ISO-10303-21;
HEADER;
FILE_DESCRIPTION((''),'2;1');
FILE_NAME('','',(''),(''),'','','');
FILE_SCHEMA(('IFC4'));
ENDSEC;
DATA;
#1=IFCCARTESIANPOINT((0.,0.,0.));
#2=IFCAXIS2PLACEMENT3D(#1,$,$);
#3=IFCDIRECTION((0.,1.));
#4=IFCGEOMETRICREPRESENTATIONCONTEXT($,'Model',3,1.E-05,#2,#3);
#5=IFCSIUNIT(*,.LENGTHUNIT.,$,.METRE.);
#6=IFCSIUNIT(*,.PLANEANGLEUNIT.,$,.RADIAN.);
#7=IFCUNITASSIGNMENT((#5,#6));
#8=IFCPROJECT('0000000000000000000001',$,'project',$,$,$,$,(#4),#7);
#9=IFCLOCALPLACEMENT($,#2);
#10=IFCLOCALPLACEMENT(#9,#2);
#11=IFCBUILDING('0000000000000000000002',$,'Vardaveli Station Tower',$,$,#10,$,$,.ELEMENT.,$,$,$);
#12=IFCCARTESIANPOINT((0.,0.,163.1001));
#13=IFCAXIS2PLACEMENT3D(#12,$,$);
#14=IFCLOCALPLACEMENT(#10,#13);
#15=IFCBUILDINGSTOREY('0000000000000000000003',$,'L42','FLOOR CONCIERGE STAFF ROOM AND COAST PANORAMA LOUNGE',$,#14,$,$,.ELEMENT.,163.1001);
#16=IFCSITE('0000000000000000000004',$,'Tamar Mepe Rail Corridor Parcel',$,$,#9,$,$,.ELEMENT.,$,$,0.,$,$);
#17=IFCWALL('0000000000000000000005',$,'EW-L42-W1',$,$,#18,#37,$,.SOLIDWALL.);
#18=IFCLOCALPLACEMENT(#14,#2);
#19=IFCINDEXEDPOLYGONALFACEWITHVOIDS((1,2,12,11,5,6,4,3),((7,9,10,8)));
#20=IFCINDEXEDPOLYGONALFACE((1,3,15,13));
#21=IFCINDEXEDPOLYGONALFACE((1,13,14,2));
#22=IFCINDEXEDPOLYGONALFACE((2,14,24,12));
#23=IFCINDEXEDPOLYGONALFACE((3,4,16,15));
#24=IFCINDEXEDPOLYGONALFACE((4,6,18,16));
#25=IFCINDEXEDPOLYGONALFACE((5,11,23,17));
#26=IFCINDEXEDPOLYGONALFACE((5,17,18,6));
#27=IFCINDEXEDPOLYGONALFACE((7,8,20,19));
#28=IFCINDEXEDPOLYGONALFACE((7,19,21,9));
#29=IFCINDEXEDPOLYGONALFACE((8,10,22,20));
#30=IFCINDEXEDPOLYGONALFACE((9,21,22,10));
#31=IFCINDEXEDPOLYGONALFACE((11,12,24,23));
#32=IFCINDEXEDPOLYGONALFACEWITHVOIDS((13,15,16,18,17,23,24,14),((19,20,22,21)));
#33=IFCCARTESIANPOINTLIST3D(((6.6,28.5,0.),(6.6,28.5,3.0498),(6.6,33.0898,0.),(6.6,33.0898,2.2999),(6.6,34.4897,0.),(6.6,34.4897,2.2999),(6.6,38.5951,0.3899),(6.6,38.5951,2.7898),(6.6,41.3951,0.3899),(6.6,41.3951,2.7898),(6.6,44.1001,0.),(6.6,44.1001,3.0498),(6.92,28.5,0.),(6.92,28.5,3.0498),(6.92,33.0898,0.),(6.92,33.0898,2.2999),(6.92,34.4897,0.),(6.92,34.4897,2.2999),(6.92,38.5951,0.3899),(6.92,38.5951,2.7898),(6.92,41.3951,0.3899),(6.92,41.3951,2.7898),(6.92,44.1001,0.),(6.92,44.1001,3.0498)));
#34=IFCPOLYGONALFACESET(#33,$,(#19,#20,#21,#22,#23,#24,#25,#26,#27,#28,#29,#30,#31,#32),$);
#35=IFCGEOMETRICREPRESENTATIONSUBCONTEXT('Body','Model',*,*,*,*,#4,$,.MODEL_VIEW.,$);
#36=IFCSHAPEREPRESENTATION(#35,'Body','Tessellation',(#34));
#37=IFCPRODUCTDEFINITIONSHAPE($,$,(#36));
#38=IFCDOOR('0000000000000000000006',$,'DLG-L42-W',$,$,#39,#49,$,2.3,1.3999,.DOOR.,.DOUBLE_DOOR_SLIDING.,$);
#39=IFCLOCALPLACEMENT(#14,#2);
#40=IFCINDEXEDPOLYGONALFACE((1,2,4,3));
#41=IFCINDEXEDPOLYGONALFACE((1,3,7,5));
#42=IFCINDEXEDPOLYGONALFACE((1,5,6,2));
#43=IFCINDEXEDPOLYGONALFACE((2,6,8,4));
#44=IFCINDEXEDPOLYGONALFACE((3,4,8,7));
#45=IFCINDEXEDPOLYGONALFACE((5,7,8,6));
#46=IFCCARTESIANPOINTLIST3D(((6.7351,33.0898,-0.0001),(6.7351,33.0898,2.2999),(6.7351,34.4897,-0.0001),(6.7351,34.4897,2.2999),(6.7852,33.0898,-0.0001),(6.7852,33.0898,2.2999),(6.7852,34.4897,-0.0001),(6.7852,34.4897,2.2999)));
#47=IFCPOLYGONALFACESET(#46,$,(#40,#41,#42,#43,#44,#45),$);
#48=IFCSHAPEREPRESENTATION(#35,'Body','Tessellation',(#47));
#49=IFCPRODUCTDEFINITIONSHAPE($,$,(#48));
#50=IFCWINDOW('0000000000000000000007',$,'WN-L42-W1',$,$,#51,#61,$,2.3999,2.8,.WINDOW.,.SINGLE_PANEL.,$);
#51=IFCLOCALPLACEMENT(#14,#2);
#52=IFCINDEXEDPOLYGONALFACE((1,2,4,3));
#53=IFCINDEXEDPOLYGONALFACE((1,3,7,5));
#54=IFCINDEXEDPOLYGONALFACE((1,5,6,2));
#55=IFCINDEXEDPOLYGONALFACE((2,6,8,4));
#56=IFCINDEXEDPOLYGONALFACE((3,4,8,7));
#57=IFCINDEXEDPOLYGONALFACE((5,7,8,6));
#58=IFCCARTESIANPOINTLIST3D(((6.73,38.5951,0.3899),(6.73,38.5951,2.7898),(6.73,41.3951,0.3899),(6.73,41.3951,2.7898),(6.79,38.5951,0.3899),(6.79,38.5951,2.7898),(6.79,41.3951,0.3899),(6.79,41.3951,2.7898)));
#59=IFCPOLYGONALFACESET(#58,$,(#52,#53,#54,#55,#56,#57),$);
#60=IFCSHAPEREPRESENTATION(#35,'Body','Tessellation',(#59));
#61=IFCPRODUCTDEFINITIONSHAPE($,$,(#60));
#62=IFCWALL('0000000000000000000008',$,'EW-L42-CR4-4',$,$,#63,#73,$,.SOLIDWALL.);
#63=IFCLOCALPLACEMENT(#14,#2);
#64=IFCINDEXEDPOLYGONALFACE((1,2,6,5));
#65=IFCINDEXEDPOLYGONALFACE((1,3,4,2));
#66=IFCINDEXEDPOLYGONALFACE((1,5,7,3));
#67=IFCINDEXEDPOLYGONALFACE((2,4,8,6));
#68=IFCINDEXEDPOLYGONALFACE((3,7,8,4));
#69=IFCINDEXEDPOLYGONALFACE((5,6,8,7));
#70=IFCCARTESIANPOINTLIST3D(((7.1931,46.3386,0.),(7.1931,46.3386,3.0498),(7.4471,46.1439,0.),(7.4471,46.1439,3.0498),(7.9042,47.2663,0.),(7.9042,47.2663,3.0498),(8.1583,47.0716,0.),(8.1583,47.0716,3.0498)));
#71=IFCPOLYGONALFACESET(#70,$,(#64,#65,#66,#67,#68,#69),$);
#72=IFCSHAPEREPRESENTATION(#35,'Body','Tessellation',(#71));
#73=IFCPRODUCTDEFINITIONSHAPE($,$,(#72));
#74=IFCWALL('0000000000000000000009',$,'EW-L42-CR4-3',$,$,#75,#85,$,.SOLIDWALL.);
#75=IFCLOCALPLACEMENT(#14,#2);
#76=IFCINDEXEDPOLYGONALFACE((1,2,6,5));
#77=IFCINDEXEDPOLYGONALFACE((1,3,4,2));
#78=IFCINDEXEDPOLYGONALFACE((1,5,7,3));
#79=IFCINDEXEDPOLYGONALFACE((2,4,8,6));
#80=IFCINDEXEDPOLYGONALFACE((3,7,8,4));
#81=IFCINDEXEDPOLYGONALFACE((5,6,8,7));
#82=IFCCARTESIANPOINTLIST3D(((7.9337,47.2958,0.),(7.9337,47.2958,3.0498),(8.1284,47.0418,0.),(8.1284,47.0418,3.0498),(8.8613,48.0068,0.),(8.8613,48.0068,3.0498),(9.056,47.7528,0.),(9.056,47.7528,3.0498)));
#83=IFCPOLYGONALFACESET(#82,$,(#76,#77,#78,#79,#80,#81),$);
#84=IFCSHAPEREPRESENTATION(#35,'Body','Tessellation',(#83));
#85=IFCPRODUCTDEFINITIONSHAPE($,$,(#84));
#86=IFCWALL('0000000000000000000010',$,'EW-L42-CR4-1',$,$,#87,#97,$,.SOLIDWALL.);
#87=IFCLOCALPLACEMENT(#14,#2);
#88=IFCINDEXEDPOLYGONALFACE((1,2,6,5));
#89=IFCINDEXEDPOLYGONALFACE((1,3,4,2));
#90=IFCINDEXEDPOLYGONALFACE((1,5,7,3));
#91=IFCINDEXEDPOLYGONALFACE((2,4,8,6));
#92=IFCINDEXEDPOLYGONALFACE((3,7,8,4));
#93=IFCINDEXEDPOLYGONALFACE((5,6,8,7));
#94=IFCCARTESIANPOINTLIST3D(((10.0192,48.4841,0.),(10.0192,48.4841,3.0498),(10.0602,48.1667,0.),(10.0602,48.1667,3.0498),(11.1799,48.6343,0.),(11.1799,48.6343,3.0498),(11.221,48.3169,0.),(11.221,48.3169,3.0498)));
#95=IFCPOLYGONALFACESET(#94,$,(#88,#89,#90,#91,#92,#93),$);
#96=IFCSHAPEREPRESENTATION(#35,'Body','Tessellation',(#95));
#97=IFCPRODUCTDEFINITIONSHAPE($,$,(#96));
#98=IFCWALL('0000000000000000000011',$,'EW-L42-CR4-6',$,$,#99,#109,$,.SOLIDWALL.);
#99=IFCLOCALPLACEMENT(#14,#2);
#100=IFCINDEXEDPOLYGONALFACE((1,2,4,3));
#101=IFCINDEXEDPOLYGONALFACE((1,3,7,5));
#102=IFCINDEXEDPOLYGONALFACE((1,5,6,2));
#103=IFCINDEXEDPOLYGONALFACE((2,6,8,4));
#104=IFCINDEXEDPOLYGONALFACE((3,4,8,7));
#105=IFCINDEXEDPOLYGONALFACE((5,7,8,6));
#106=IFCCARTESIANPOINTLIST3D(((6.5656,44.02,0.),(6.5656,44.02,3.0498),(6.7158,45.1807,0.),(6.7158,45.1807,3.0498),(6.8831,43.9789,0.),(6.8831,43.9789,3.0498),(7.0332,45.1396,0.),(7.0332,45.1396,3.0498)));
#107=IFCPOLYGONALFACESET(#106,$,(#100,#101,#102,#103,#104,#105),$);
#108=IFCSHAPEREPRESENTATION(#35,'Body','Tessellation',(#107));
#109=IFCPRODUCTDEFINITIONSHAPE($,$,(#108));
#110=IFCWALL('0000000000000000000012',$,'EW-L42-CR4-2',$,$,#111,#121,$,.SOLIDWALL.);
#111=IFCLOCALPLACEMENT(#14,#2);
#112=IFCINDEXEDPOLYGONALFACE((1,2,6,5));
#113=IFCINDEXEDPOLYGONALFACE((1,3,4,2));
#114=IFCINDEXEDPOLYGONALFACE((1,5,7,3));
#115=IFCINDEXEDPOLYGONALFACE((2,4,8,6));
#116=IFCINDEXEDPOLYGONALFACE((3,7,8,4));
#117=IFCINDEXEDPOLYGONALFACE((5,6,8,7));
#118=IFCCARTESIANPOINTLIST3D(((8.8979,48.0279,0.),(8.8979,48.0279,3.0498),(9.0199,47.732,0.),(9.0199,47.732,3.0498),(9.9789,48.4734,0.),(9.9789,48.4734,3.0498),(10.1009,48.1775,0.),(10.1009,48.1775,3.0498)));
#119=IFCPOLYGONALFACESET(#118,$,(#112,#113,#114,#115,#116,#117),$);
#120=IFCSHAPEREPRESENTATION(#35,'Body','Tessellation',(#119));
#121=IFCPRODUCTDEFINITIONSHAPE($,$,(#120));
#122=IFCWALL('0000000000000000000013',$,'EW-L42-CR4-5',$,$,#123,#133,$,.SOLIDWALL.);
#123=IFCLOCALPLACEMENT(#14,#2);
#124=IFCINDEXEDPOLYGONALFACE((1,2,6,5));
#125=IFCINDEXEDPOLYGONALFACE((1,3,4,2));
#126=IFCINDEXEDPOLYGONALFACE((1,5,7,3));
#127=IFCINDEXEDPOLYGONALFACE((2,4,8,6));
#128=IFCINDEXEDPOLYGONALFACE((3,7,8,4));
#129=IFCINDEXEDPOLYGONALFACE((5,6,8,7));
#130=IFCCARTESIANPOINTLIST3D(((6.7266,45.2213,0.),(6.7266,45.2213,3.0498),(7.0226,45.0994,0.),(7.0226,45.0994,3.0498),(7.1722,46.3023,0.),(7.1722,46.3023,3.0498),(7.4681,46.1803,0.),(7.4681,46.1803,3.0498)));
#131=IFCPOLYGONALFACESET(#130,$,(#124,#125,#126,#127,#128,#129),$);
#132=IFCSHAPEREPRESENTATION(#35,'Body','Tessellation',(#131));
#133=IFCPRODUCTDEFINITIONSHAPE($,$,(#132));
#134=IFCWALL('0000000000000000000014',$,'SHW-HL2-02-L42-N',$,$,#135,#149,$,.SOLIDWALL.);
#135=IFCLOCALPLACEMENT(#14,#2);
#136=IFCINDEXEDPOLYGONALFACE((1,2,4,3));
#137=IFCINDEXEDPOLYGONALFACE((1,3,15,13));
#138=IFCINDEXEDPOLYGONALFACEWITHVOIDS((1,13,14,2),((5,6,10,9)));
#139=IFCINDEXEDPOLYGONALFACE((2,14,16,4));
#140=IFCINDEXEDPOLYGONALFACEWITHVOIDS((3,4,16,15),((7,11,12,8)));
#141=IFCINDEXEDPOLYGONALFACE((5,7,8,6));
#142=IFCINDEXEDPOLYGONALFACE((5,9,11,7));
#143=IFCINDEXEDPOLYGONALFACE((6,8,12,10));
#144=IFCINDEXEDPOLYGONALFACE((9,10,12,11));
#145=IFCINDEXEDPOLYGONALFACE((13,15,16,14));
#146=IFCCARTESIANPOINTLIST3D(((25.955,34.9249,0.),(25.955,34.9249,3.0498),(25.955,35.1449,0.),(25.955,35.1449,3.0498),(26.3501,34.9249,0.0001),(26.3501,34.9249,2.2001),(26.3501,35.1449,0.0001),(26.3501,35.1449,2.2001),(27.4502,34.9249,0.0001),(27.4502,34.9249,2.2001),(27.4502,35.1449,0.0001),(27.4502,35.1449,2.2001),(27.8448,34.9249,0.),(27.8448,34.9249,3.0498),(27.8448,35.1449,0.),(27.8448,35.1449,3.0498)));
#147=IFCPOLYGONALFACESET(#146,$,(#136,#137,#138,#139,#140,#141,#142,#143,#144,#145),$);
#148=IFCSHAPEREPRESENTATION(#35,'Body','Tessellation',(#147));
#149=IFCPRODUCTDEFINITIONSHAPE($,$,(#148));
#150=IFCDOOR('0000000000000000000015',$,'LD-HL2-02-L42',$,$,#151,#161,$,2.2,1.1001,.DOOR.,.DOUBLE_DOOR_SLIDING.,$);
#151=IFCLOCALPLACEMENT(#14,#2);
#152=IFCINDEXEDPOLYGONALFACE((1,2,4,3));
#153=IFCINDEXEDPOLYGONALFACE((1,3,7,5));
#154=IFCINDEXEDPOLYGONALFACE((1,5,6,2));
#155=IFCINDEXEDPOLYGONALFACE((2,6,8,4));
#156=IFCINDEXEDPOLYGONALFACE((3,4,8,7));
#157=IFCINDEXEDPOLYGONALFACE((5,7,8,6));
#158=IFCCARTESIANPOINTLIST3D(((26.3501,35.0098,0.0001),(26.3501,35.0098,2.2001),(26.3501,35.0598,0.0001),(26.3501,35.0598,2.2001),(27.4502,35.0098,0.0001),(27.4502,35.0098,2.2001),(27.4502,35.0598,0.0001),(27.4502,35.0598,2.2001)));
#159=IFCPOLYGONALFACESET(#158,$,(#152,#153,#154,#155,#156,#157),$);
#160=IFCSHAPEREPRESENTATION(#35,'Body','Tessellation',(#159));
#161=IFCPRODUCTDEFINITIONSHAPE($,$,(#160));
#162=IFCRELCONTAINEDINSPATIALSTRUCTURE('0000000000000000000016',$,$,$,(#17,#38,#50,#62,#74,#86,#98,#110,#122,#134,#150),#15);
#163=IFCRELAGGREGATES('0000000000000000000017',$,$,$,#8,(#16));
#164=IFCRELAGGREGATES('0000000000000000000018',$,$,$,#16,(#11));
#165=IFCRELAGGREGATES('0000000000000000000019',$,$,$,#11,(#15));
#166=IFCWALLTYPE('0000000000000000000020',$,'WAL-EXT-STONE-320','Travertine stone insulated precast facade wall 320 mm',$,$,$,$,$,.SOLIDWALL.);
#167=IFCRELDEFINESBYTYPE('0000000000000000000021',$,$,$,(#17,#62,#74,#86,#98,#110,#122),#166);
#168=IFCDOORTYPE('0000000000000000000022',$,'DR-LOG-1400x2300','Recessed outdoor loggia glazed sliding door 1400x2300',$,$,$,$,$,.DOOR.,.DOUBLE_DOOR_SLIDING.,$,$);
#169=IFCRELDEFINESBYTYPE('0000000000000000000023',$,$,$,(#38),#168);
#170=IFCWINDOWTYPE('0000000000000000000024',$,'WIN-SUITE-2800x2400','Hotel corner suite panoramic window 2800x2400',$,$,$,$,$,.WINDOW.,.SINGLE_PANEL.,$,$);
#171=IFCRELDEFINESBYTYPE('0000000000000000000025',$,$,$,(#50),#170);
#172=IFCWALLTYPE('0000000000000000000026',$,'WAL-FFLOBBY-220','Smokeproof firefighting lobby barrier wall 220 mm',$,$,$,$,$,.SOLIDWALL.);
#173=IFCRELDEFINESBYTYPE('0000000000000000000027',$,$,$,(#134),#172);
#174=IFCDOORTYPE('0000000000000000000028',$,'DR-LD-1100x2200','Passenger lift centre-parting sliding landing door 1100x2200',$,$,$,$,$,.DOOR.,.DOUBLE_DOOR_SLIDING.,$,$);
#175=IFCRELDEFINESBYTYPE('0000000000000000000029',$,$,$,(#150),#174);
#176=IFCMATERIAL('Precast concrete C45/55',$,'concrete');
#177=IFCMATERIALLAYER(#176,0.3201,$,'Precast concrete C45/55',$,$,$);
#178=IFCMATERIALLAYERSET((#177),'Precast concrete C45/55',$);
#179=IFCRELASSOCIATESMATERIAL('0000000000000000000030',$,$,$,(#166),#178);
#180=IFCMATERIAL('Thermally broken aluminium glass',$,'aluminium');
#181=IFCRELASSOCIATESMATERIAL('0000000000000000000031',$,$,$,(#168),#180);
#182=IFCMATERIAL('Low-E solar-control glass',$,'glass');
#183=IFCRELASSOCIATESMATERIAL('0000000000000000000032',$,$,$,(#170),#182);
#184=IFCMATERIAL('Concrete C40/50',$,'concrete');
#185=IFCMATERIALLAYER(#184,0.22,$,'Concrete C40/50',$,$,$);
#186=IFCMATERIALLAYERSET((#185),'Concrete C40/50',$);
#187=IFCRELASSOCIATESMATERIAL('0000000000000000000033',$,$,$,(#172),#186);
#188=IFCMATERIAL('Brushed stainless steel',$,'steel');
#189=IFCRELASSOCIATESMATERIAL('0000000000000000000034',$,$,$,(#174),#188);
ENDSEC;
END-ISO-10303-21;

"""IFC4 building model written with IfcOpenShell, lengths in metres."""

from ifc_helpers import new_model, si_unit, direction, frame, frame_2d, origin, place, context, subcontext, project, spatial, rectangle, extrude, source, transform, mapped, material, layer, layer_set, type_object, element, fill, save


model = new_model("IFC4")

# Units and contexts
model_context = context("Model", 3, precision=1e-05, world=origin(), true_north=direction((0.0, 1.0)))
body_context = subcontext(model_context, "Body", "Model", "MODEL_VIEW")
ifc_project = project(units=[si_unit("LENGTHUNIT", "METRE"), si_unit("PLANEANGLEUNIT", "RADIAN")], contexts=[model_context])

# Site, building, storey
site_placement = place(None, origin())
site = spatial("IfcSite", under=ifc_project, at=site_placement, Name="Tamar Mepe Rail Corridor Parcel", CompositionType="ELEMENT", RefElevation=0.0)
building_placement = place(site_placement, origin())
building = spatial("IfcBuilding", under=site, at=building_placement, Name="Vardaveli Station Tower", CompositionType="ELEMENT")
storey_placement = place(building_placement, frame((0.0, 0.0, 163.1001)))
storey = spatial("IfcBuildingStorey", under=building, at=storey_placement, Name="L42", Description="FLOOR CONCIERGE STAFF ROOM AND COAST PANORAMA LOUNGE", CompositionType="ELEMENT", Elevation=163.1001)

# Shared definitions
ifc_material_1 = material(Name="Precast concrete C45/55", Category="concrete")

# Wall, openings, door, window
ifc_layer_1 = layer(ifc_material_1, 0.3201, Name="Precast concrete C45/55")
ifc_layer_set_1 = layer_set([ifc_layer_1], Name="Precast concrete C45/55")
wall_type_1 = type_object("IfcWallType", Name="WAL-EXT-STONE-320", Description="Travertine stone insulated precast facade wall 320 mm", PredefinedType="SOLIDWALL", material=ifc_layer_set_1)
shared_shape_1 = source(origin(), body_context, "Body", "SweptSolid", [
    extrude(rectangle(XDim=15.6001, YDim=0.3201, at=frame_2d((7.8, 0.0))), origin(), (0.0, 0.0, 1.0), 3.0498),
])
wall_1_placement = place(storey_placement, frame((6.76, 44.1001, 0.0), z_axis=(0.0, 0.0, 1.0), x_axis=(0.0, -1.0, 0.0)))
wall_1 = element("IfcWall", 1, at=wall_1_placement, inside=storey, type_object=wall_type_1, Name="EW-L42-W1", PredefinedType="SOLIDWALL", context=body_context, shape_type="MappedRepresentation", body=[
    mapped(shared_shape_1, transform((0.0, 0.0, 0.0), scale=1.0)),
])
shared_shape_2 = source(origin(), body_context, "Body", "SweptSolid", [
    extrude(rectangle(XDim=1.3999, YDim=2.3, at=frame_2d((0.7, 1.1499))), frame((0.0, 0.1699, 0.0), z_axis=(0.0, -1.0, 0.0), x_axis=(1.0, 0.0, 0.0)), (0.0, 0.0, 1.0), 0.3401),
])
opening_1_placement = place(wall_1_placement, frame((9.6104, 0.0, 0.0)))
opening_1 = element("IfcOpeningElement", 2, at=opening_1_placement, cuts=wall_1, PredefinedType="OPENING", context=body_context, shape_type="MappedRepresentation", body=[
    mapped(shared_shape_2, transform((0.0, 0.0, 0.0), scale=1.0)),
])
shared_shape_3 = source(origin(), body_context, "Body", "SweptSolid", [
    extrude(rectangle(XDim=2.8, YDim=2.3999, at=frame_2d((1.3999, 1.2))), frame((0.0, 0.1699, 0.0), z_axis=(0.0, -1.0, 0.0), x_axis=(1.0, 0.0, 0.0)), (0.0, 0.0, 1.0), 0.3401),
])
opening_2_placement = place(wall_1_placement, frame((2.7051, 0.0, 0.3899)))
opening_2 = element("IfcOpeningElement", 3, at=opening_2_placement, cuts=wall_1, PredefinedType="OPENING", context=body_context, shape_type="MappedRepresentation", body=[
    mapped(shared_shape_3, transform((0.0, 0.0, 0.0), scale=1.0)),
])
ifc_material_2 = material(Name="Thermally broken aluminium glass", Category="aluminium")
door_type_1 = type_object("IfcDoorType", Name="DR-LOG-1400x2300", Description="Recessed outdoor loggia glazed sliding door 1400x2300", OperationType="DOUBLE_DOOR_SLIDING", PredefinedType="DOOR", material=ifc_material_2)
shared_shape_4 = source(origin(), body_context, "Body", "SweptSolid", [
    extrude(rectangle(XDim=1.3999, YDim=2.3, at=frame_2d((0.7, 1.1499))), frame((0.0, 0.0249, 0.0), z_axis=(0.0, -1.0, 0.0), x_axis=(1.0, 0.0, 0.0)), (0.0, 0.0, 1.0), 0.05),
])
door_1_placement = place(opening_1_placement, frame((1.3999, 0.0, 0.0), z_axis=(0.0, 0.0, 1.0), x_axis=(-1.0, 0.0, 0.0)))
door_1 = element("IfcDoor", 4, at=door_1_placement, inside=storey, type_object=door_type_1, Name="DLG-L42-W", OperationType="DOUBLE_DOOR_SLIDING", OverallHeight=2.3, OverallWidth=1.3999, PredefinedType="DOOR", context=body_context, shape_type="MappedRepresentation", body=[
    mapped(shared_shape_4, transform((0.0, 0.0, 0.0), scale=1.0)),
])
fill(opening_1, door_1)
ifc_material_3 = material(Name="Low-E solar-control glass", Category="glass")
window_type = type_object("IfcWindowType", Name="WIN-SUITE-2800x2400", Description="Hotel corner suite panoramic window 2800x2400", PartitioningType="SINGLE_PANEL", PredefinedType="WINDOW", material=ifc_material_3)
shared_shape_5 = source(origin(), body_context, "Body", "SweptSolid", [
    extrude(rectangle(XDim=2.8, YDim=2.3999, at=frame_2d((1.3999, 1.2))), frame((0.0, 0.03, 0.0), z_axis=(0.0, -1.0, 0.0), x_axis=(1.0, 0.0, 0.0)), (0.0, 0.0, 1.0), 0.0601),
])
window_placement = place(opening_2_placement, origin())
window = element("IfcWindow", 5, at=window_placement, inside=storey, type_object=window_type, Name="WN-L42-W1", OverallHeight=2.3999, OverallWidth=2.8, PartitioningType="SINGLE_PANEL", PredefinedType="WINDOW", context=body_context, shape_type="MappedRepresentation", body=[
    mapped(shared_shape_5, transform((0.0, 0.0, 0.0), scale=1.0)),
])
fill(opening_2, window)

# Walls
shared_shape_6 = source(origin(), body_context, "Body", "SweptSolid", [
    extrude(rectangle(XDim=1.1689, YDim=0.3201, at=frame_2d((0.5845, 0.0))), origin(), (0.0, 0.0, 1.0), 3.0498),
])
wall_2_placement = place(storey_placement, frame((8.0312, 47.1689, 0.0), z_axis=(0.0, 0.0, 1.0), x_axis=(-0.608388, -0.79364, 0.0)))
element("IfcWall", 6, at=wall_2_placement, inside=storey, type_object=wall_type_1, Name="EW-L42-CR4-4", PredefinedType="SOLIDWALL", context=body_context, shape_type="MappedRepresentation", body=[
    mapped(shared_shape_6, transform((0.0, 0.0, 0.0), scale=1.0)),
])
shared_shape_7 = source(origin(), body_context, "Body", "SweptSolid", [
    extrude(rectangle(XDim=1.1687, YDim=0.3201, at=frame_2d((0.5845, 0.0))), origin(), (0.0, 0.0, 1.0), 3.0498),
])
wall_3_placement = place(storey_placement, frame((8.9587, 47.8799, 0.0), z_axis=(0.0, 0.0, 1.0), x_axis=(-0.793664, -0.608357, 0.0)))
element("IfcWall", 7, at=wall_3_placement, inside=storey, type_object=wall_type_1, Name="EW-L42-CR4-3", PredefinedType="SOLIDWALL", context=body_context, shape_type="MappedRepresentation", body=[
    mapped(shared_shape_7, transform((0.0, 0.0, 0.0), scale=1.0)),
])
shared_shape_8 = source(origin(), body_context, "Body", "SweptSolid", [
    extrude(rectangle(XDim=1.1704, YDim=0.3201, at=frame_2d((0.5852, 0.0))), origin(), (0.0, 0.0, 1.0), 3.0498),
])
for number, where, z_axis, x_axis, name in (
    (8, (11.2004, 48.4756, 0.0), (0.0, 0.0, 1.0), (-0.991736, -0.128296, 0.0), "EW-L42-CR4-1"),
    (9, (6.8745, 45.1602, 0.0), (0.0, 0.0, 1.0), (-0.128296, -0.991736, 0.0), "EW-L42-CR4-6"),
):
    element("IfcWall", number, at=place(storey_placement, frame(where, z_axis=z_axis, x_axis=x_axis)), inside=storey, type_object=wall_type_1, Name=name, PredefinedType="SOLIDWALL", context=body_context, shape_type="MappedRepresentation", body=[
        mapped(shared_shape_8, transform((0.0, 0.0, 0.0), scale=1.0)),
    ])
shared_shape_9 = source(origin(), body_context, "Body", "SweptSolid", [
    extrude(rectangle(XDim=1.1692, YDim=0.3201, at=frame_2d((0.5845, 0.0))), origin(), (0.0, 0.0, 1.0), 3.0498),
])
for number, where, z_axis, x_axis, name in (
    (10, (10.0398, 48.3254, 0.0), (0.0, 0.0, 1.0), (-0.924553, -0.381054, 0.0), "EW-L42-CR4-2"),
    (11, (7.3201, 46.2412, 0.0), (0.0, 0.0, 1.0), (-0.381054, -0.924553, 0.0), "EW-L42-CR4-5"),
):
    element("IfcWall", number, at=place(storey_placement, frame(where, z_axis=z_axis, x_axis=x_axis)), inside=storey, type_object=wall_type_1, Name=name, PredefinedType="SOLIDWALL", context=body_context, shape_type="MappedRepresentation", body=[
        mapped(shared_shape_9, transform((0.0, 0.0, 0.0), scale=1.0)),
    ])

# Wall, opening, door
ifc_material_4 = material(Name="Concrete C40/50", Category="concrete")
ifc_layer_2 = layer(ifc_material_4, 0.22, Name="Concrete C40/50")
ifc_layer_set_2 = layer_set([ifc_layer_2], Name="Concrete C40/50")
wall_type_2 = type_object("IfcWallType", Name="WAL-FFLOBBY-220", Description="Smokeproof firefighting lobby barrier wall 220 mm", PredefinedType="SOLIDWALL", material=ifc_layer_set_2)
shared_shape_10 = source(origin(), body_context, "Body", "SweptSolid", [
    extrude(rectangle(XDim=1.8899, YDim=0.22, at=frame_2d((0.9448, 0.0))), origin(), (0.0, 0.0, 1.0), 3.0498),
])
wall_4_placement = place(storey_placement, frame((25.9551, 35.0349, 0.0), z_axis=(0.0, 0.0, 1.0), x_axis=(1.0, 0.0, 0.0)))
wall_4 = element("IfcWall", 12, at=wall_4_placement, inside=storey, type_object=wall_type_2, Name="SHW-HL2-02-L42-N", PredefinedType="SOLIDWALL", context=body_context, shape_type="MappedRepresentation", body=[
    mapped(shared_shape_10, transform((0.0, 0.0, 0.0), scale=1.0)),
])
shared_shape_11 = source(origin(), body_context, "Body", "SweptSolid", [
    extrude(rectangle(XDim=1.1001, YDim=2.2, at=frame_2d((0.55, 1.1001))), frame((0.0, 0.1201, 0.0), z_axis=(0.0, -1.0, 0.0), x_axis=(1.0, 0.0, 0.0)), (0.0, 0.0, 1.0), 0.24),
])
opening_3_placement = place(wall_4_placement, frame((0.395, 0.0, 0.0)))
opening_3 = element("IfcOpeningElement", 13, at=opening_3_placement, cuts=wall_4, PredefinedType="OPENING", context=body_context, shape_type="MappedRepresentation", body=[
    mapped(shared_shape_11, transform((0.0, 0.0, 0.0), scale=1.0)),
])
ifc_material_5 = material(Name="Brushed stainless steel", Category="steel")
door_type_2 = type_object("IfcDoorType", Name="DR-LD-1100x2200", Description="Passenger lift centre-parting sliding landing door 1100x2200", OperationType="DOUBLE_DOOR_SLIDING", PredefinedType="DOOR", material=ifc_material_5)
shared_shape_12 = source(origin(), body_context, "Body", "SweptSolid", [
    extrude(rectangle(XDim=1.1001, YDim=2.2, at=frame_2d((0.55, 1.1001))), frame((0.0, 0.0249, 0.0), z_axis=(0.0, -1.0, 0.0), x_axis=(1.0, 0.0, 0.0)), (0.0, 0.0, 1.0), 0.05),
])
door_2_placement = place(opening_3_placement, origin())
door_2 = element("IfcDoor", 14, at=door_2_placement, inside=storey, type_object=door_type_2, Name="LD-HL2-02-L42", OperationType="DOUBLE_DOOR_SLIDING", OverallHeight=2.2, OverallWidth=1.1001, PredefinedType="DOOR", context=body_context, shape_type="MappedRepresentation", body=[
    mapped(shared_shape_12, transform((0.0, 0.0, 0.0), scale=1.0)),
])
fill(opening_3, door_2)

save(model, "model.ifc")
